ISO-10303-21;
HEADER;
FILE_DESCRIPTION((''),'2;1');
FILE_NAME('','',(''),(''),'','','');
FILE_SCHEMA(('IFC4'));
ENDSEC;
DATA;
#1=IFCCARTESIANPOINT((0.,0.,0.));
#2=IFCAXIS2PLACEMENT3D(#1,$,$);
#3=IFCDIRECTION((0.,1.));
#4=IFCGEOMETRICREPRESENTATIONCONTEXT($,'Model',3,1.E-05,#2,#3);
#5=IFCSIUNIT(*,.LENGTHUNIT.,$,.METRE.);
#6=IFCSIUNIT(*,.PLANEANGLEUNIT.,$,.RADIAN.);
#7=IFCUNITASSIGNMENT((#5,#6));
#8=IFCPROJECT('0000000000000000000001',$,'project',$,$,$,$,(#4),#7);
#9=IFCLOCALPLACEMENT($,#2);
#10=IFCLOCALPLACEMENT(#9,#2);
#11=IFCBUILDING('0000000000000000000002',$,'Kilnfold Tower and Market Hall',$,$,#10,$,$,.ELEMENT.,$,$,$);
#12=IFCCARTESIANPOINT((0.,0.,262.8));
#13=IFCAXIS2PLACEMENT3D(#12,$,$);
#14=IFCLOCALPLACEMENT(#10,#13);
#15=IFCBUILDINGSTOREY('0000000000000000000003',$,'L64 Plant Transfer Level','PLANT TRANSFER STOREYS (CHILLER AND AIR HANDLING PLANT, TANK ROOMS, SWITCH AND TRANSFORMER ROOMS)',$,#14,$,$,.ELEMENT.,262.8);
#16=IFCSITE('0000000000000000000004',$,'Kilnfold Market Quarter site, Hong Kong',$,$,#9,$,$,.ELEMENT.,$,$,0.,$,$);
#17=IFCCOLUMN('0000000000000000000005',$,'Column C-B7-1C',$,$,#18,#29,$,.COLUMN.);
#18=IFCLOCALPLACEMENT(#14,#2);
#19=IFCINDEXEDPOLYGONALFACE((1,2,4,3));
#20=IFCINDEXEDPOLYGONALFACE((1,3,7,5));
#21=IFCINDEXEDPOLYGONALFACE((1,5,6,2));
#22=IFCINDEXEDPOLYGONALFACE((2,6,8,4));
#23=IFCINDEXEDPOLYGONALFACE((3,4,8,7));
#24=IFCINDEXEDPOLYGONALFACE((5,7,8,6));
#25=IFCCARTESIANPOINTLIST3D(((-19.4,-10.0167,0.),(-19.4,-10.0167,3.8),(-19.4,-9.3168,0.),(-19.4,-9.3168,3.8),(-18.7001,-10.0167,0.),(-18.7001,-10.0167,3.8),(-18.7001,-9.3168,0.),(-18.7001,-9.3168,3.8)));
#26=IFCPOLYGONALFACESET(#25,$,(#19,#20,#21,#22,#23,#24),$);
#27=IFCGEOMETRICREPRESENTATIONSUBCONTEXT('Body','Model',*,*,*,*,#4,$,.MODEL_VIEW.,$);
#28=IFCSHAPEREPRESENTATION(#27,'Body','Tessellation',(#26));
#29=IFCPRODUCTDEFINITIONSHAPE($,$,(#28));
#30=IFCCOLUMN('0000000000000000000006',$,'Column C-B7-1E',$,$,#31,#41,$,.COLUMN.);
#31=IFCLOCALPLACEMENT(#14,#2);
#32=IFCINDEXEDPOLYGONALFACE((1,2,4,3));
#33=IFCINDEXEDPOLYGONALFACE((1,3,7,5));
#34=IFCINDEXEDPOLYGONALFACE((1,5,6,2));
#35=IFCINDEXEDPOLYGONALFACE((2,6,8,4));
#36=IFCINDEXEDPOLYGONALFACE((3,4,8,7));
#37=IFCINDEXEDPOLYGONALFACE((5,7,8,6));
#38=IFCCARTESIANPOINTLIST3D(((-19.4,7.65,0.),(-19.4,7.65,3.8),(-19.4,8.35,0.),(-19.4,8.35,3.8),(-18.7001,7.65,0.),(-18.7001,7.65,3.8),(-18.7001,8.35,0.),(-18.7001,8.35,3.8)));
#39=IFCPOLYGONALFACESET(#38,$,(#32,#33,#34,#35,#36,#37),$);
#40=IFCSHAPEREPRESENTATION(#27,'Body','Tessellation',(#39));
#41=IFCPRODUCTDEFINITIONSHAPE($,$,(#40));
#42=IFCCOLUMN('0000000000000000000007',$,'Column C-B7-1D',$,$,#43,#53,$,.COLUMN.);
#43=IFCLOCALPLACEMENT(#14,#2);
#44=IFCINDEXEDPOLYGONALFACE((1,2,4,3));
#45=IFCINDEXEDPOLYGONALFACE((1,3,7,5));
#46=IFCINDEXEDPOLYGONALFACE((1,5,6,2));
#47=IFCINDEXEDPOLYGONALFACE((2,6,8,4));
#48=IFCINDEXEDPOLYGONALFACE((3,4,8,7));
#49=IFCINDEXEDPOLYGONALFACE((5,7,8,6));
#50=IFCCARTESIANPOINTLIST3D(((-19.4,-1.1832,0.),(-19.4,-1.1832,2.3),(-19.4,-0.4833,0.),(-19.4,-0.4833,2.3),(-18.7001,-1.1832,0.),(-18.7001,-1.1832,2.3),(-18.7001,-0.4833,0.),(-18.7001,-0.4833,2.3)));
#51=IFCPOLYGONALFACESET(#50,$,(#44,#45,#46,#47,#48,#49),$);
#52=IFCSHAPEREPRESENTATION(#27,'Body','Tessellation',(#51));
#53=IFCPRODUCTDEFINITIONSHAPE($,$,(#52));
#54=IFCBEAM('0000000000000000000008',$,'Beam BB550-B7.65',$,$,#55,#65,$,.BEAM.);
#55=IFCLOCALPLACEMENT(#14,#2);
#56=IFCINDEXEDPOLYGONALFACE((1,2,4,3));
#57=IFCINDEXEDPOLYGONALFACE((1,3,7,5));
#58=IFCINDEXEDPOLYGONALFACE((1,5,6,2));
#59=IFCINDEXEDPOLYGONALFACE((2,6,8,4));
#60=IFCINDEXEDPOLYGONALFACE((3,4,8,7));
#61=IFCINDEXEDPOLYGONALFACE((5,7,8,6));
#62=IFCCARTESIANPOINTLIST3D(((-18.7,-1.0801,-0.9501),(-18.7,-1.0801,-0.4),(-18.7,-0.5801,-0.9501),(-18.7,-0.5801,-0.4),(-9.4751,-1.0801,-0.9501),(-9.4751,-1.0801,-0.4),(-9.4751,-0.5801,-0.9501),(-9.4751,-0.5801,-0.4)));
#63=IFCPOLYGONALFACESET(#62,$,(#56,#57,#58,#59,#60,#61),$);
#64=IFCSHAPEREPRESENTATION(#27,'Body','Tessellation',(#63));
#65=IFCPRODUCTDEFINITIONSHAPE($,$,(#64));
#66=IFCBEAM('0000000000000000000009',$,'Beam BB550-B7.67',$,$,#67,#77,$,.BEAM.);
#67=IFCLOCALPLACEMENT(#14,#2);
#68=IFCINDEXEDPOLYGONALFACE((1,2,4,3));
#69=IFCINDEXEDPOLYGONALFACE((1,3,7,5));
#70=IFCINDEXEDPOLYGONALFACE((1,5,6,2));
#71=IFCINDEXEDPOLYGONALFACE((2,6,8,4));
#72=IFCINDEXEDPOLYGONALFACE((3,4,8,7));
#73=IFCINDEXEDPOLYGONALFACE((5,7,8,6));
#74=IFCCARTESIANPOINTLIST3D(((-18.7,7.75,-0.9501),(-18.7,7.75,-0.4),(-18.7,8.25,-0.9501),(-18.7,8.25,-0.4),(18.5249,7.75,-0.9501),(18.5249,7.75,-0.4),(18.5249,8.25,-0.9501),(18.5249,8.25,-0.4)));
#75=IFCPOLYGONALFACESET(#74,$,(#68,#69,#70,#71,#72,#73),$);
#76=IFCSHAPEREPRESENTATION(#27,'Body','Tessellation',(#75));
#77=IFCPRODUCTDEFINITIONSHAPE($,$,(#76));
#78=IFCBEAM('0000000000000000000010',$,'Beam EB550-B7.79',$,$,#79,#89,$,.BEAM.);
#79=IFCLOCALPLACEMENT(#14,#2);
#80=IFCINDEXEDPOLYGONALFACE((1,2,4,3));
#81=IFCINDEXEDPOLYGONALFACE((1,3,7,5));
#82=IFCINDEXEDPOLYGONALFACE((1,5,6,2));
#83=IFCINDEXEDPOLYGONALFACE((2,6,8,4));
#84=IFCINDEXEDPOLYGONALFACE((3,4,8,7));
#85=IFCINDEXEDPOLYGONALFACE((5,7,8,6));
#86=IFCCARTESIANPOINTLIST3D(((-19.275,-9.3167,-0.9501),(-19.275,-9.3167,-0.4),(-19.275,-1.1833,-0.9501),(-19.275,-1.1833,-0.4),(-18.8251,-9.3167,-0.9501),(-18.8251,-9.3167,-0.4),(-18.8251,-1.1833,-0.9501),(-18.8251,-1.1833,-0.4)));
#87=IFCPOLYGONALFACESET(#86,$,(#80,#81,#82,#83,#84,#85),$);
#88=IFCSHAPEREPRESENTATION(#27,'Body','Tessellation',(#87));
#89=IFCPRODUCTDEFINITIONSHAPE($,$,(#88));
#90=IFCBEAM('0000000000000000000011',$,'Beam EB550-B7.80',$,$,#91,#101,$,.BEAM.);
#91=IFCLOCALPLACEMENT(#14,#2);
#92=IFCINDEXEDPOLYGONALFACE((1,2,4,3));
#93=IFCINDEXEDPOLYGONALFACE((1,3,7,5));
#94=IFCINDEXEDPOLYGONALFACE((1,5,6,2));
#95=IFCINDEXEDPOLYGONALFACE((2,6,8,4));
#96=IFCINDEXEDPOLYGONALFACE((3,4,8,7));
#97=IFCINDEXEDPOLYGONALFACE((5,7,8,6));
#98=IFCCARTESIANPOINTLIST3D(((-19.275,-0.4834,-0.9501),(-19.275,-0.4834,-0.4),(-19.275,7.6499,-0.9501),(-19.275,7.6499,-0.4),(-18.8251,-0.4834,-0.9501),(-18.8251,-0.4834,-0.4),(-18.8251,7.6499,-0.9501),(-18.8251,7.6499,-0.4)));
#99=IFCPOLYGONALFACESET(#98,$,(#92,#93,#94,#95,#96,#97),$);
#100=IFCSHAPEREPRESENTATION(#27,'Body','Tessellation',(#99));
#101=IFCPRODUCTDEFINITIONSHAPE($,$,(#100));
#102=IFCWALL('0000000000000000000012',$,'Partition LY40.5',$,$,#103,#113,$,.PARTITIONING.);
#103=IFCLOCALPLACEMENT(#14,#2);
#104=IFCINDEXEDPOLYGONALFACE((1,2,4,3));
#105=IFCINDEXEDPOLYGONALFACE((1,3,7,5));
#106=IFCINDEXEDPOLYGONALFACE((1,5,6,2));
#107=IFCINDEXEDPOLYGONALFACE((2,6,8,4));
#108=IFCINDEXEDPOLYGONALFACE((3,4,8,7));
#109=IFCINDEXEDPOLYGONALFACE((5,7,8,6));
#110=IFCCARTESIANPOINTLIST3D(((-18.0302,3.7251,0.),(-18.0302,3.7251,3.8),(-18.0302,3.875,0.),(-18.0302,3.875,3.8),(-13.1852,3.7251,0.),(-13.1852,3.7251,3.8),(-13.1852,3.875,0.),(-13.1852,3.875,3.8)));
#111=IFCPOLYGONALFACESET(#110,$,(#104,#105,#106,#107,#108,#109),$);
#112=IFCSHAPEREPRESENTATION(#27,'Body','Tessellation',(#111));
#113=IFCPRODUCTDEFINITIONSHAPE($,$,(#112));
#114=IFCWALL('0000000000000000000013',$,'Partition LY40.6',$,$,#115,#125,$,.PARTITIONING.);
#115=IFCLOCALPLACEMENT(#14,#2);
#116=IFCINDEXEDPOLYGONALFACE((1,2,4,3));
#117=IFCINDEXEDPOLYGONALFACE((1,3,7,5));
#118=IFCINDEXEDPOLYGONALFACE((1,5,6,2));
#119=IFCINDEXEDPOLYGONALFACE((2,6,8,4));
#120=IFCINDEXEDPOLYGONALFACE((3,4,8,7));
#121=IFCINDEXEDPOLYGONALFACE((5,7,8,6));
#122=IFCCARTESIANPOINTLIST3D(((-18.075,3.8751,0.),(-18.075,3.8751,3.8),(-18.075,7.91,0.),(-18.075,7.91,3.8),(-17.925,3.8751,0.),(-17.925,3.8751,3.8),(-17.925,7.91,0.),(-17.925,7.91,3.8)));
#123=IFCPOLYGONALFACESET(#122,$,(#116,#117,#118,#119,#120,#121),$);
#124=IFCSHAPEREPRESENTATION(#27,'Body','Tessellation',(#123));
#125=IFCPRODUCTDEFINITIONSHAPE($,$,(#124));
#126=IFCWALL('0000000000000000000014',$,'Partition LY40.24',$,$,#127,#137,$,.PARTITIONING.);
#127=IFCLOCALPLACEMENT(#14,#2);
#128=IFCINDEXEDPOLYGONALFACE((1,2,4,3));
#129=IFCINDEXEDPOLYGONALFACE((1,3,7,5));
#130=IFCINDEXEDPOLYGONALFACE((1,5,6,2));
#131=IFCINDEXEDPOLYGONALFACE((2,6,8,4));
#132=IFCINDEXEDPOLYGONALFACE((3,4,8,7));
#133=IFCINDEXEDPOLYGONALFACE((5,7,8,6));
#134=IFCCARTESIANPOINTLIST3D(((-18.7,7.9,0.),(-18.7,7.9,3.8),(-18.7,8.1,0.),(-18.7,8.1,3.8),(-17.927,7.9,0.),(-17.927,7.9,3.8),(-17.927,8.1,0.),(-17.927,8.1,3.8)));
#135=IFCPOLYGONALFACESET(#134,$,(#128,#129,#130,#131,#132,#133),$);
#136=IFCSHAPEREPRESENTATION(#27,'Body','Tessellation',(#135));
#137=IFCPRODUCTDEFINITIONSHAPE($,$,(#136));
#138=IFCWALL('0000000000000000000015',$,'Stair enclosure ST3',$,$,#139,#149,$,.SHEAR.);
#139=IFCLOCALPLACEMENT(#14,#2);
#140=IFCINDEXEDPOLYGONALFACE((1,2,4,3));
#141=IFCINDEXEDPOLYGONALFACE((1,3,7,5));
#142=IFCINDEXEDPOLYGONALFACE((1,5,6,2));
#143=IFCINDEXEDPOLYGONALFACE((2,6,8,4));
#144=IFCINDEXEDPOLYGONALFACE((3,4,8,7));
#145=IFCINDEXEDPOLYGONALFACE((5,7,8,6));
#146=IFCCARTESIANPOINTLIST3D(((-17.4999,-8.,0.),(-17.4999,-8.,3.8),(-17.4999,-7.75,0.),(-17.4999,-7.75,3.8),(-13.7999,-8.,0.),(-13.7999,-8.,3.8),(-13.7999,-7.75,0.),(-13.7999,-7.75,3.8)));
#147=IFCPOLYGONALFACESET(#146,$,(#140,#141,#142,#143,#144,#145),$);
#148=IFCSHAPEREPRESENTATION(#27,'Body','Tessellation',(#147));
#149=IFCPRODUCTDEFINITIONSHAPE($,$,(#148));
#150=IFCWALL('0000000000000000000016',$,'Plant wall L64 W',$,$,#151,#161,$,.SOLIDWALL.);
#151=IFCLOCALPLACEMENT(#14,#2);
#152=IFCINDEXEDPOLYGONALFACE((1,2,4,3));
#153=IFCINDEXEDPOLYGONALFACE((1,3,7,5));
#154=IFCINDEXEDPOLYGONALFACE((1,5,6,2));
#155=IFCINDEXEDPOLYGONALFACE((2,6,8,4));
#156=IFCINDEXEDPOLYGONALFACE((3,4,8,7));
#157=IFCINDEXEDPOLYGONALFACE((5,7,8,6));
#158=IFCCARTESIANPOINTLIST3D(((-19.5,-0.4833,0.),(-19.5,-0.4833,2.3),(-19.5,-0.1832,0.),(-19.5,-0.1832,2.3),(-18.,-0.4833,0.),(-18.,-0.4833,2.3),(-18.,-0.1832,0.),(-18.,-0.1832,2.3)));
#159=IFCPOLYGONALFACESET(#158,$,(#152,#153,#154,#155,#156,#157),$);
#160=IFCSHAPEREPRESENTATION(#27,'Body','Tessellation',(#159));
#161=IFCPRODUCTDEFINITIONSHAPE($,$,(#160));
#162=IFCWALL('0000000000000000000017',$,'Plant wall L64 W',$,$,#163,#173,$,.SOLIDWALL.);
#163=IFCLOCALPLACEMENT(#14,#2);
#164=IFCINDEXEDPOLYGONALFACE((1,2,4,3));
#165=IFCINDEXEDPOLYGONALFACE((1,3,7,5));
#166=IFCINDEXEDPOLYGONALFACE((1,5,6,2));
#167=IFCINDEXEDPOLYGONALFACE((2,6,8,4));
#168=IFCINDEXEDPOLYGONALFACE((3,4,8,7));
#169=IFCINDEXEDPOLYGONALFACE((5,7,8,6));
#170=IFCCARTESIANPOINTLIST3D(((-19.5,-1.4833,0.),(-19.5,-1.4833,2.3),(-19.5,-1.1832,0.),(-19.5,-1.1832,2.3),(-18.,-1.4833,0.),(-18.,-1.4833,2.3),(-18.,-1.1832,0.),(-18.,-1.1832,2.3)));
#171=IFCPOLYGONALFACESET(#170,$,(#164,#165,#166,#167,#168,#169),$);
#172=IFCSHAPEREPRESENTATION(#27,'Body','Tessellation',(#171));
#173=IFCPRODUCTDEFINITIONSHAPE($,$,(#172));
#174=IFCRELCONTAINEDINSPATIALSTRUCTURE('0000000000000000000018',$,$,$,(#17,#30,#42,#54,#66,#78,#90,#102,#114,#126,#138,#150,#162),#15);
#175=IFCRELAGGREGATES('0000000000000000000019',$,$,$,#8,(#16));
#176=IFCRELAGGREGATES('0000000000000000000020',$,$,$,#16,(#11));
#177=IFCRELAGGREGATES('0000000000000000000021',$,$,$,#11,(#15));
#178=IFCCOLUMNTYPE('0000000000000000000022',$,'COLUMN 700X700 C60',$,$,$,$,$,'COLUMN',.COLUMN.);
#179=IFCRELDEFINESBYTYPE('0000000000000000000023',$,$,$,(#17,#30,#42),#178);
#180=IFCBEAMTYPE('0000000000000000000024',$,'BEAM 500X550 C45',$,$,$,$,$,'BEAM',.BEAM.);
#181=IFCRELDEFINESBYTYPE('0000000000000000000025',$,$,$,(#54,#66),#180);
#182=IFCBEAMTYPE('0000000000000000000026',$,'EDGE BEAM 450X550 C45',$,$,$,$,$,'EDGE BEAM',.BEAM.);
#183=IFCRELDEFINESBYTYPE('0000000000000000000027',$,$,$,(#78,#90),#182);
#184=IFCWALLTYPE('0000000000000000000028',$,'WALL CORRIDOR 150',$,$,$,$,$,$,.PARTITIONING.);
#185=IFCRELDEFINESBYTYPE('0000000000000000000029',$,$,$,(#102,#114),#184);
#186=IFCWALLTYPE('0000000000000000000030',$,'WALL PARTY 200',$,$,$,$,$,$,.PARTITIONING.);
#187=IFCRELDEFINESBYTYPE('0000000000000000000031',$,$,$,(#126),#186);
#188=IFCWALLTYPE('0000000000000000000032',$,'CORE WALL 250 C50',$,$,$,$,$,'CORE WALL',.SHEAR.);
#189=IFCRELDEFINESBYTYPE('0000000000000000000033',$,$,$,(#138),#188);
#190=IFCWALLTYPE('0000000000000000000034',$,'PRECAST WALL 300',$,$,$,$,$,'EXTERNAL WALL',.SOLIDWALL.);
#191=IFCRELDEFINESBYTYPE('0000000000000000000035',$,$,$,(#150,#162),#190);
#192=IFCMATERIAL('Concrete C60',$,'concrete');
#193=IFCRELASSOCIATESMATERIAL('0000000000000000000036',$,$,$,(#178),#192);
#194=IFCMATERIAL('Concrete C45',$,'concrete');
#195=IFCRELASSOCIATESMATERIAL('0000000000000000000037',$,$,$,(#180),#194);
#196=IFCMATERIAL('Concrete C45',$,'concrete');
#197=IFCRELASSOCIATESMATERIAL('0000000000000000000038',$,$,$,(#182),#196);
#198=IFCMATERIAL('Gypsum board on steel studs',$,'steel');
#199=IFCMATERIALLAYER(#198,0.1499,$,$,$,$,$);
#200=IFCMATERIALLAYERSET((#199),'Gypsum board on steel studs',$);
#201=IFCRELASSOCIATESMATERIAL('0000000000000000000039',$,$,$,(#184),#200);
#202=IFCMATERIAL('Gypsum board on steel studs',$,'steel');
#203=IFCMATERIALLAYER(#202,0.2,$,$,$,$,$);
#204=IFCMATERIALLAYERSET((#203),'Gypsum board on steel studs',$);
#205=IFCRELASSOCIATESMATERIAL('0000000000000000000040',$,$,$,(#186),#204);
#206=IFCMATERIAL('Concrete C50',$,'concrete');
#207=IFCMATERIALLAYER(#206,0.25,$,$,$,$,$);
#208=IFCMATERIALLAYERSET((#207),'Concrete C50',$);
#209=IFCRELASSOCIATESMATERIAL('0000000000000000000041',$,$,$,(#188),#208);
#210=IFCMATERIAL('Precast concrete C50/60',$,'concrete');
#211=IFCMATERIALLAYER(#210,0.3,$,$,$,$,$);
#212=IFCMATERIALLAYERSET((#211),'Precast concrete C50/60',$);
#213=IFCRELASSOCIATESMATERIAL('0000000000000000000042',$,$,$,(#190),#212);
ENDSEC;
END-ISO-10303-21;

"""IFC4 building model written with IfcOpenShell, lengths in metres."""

from ifc_helpers import new_model, si_unit, direction, frame, frame_2d, origin, origin_2d, place, context, subcontext, project, spatial, rectangle, extrude, source, transform, mapped, material, layer, layer_set, material_profile, profile_set, type_object, element, save


model = new_model("IFC4")

# Units and contexts
model_context = context("Model", 3, precision=1e-05, world=origin(), true_north=direction((0.0, 1.0)))
body_context = subcontext(model_context, "Body", "Model", "MODEL_VIEW")
ifc_project = project(units=[si_unit("LENGTHUNIT", "METRE"), si_unit("PLANEANGLEUNIT", "RADIAN")], contexts=[model_context])

# Site, building, storey
site_placement = place(None, origin())
site = spatial("IfcSite", under=ifc_project, at=site_placement, Name="Kilnfold Market Quarter site, Hong Kong", CompositionType="ELEMENT", RefElevation=0.0)
building_placement = place(site_placement, origin())
building = spatial("IfcBuilding", under=site, at=building_placement, Name="Kilnfold Tower and Market Hall", CompositionType="ELEMENT")
storey_placement = place(building_placement, frame((0.0, 0.0, 262.8)))
storey = spatial("IfcBuildingStorey", under=building, at=storey_placement, Name="L64 Plant Transfer Level", Description="PLANT TRANSFER STOREYS (CHILLER AND AIR HANDLING PLANT, TANK ROOMS, SWITCH AND TRANSFORMER ROOMS)", CompositionType="ELEMENT", Elevation=262.8)

# Columns
ifc_material_1 = material(Name="Concrete C60", Category="concrete")
ifc_material_profile_1 = material_profile(ifc_material_1, rectangle(XDim=0.7, YDim=0.7, at=origin_2d()), Name="RC 700x700")
ifc_profile_set_1 = profile_set([ifc_material_profile_1], Name="Concrete C60")
column_type = type_object("IfcColumnType", Name="COLUMN 700X700 C60", ElementType="COLUMN", PredefinedType="COLUMN", material=ifc_profile_set_1)
shared_shape_1 = source(origin(), body_context, "Body", "SweptSolid", [
    extrude(rectangle(XDim=0.7, YDim=0.7, at=origin_2d()), origin(), (0.0, 0.0, 1.0), 3.8),
])
for number, where, z_axis, x_axis, name in (
    (1, (-19.05, -9.6667, 0.0), (0.0, 0.0, 1.0), (1.0, 0.0, 0.0), "Column C-B7-1C"),
    (2, (-19.05, 8.0, 0.0), (0.0, 0.0, 1.0), (1.0, 0.0, 0.0), "Column C-B7-1E"),
):
    element("IfcColumn", number, at=place(storey_placement, frame(where, z_axis=z_axis, x_axis=x_axis)), inside=storey, type_object=column_type, Name=name, PredefinedType="COLUMN", context=body_context, shape_type="MappedRepresentation", body=[
        mapped(shared_shape_1, transform((0.0, 0.0, 0.0))),
    ])
shared_shape_2 = source(origin(), body_context, "Body", "SweptSolid", [
    extrude(rectangle(XDim=0.7, YDim=0.7, at=origin_2d()), origin(), (0.0, 0.0, 1.0), 2.3),
])
column_placement = place(storey_placement, frame((-19.05, -0.8333, 0.0), z_axis=(0.0, 0.0, 1.0), x_axis=(1.0, 0.0, 0.0)))
element("IfcColumn", 3, at=column_placement, inside=storey, type_object=column_type, Name="Column C-B7-1D", PredefinedType="COLUMN", context=body_context, shape_type="MappedRepresentation", body=[
    mapped(shared_shape_2, transform((0.0, 0.0, 0.0))),
])

# Beams
ifc_material_2 = material(Name="Concrete C45", Category="concrete")
ifc_material_profile_2 = material_profile(ifc_material_2, rectangle(XDim=0.5, YDim=0.55, at=origin_2d()), Name="RC 500x550")
ifc_profile_set_2 = profile_set([ifc_material_profile_2], Name="Concrete C45")
beam_type_1 = type_object("IfcBeamType", Name="BEAM 500X550 C45", ElementType="BEAM", PredefinedType="BEAM", material=ifc_profile_set_2)
shared_shape_3 = source(origin(), body_context, "Body", "SweptSolid", [
    extrude(rectangle(XDim=0.5, YDim=0.55, at=origin_2d()), origin(), (0.0, 0.0, 1.0), 9.2249),
])
beam_1_placement = place(storey_placement, frame((-18.7, -0.8301, -0.675), z_axis=(1.0, 0.0, 0.0), x_axis=(0.0, 1.0, 0.0)))
element("IfcBeam", 4, at=beam_1_placement, inside=storey, type_object=beam_type_1, Name="Beam BB550-B7.65", PredefinedType="BEAM", context=body_context, shape_type="MappedRepresentation", body=[
    mapped(shared_shape_3, transform((0.0, 0.0, 0.0))),
])
shared_shape_4 = source(origin(), body_context, "Body", "SweptSolid", [
    extrude(rectangle(XDim=0.5, YDim=0.55, at=origin_2d()), origin(), (0.0, 0.0, 1.0), 37.2249),
])
beam_2_placement = place(storey_placement, frame((-18.7, 8.0, -0.675), z_axis=(1.0, 0.0, 0.0), x_axis=(0.0, 1.0, 0.0)))
element("IfcBeam", 5, at=beam_2_placement, inside=storey, type_object=beam_type_1, Name="Beam BB550-B7.67", PredefinedType="BEAM", context=body_context, shape_type="MappedRepresentation", body=[
    mapped(shared_shape_4, transform((0.0, 0.0, 0.0))),
])
ifc_material_3 = material(Name="Concrete C45", Category="concrete")
ifc_material_profile_3 = material_profile(ifc_material_3, rectangle(XDim=0.45, YDim=0.55, at=origin_2d()), Name="RC 450x550")
ifc_profile_set_3 = profile_set([ifc_material_profile_3], Name="Concrete C45")
beam_type_2 = type_object("IfcBeamType", Name="EDGE BEAM 450X550 C45", ElementType="EDGE BEAM", PredefinedType="BEAM", material=ifc_profile_set_3)
shared_shape_5 = source(origin(), body_context, "Body", "SweptSolid", [
    extrude(rectangle(XDim=0.45, YDim=0.55, at=origin_2d()), origin(), (0.0, 0.0, 1.0), 8.1333),
])
for number, where, z_axis, x_axis, name in (
    (6, (-19.05, -9.3167, -0.675), (0.0, 1.0, 0.0), (-1.0, 0.0, 0.0), "Beam EB550-B7.79"),
    (7, (-19.05, -0.4834, -0.675), (0.0, 1.0, 0.0), (-1.0, 0.0, 0.0), "Beam EB550-B7.80"),
):
    element("IfcBeam", number, at=place(storey_placement, frame(where, z_axis=z_axis, x_axis=x_axis)), inside=storey, type_object=beam_type_2, Name=name, PredefinedType="BEAM", context=body_context, shape_type="MappedRepresentation", body=[
        mapped(shared_shape_5, transform((0.0, 0.0, 0.0))),
    ])

# Walls
ifc_material_4 = material(Name="Gypsum board on steel studs", Category="steel")
ifc_layer_1 = layer(ifc_material_4, 0.1499)
ifc_layer_set_1 = layer_set([ifc_layer_1], Name="Gypsum board on steel studs")
wall_type_1 = type_object("IfcWallType", Name="WALL CORRIDOR 150", PredefinedType="PARTITIONING", material=ifc_layer_set_1)
wall_1_placement = place(storey_placement, frame((-18.03, 3.8, 0.0), z_axis=(0.0, 0.0, 1.0), x_axis=(1.0, 0.0, 0.0)))
element("IfcWall", 8, at=wall_1_placement, inside=storey, type_object=wall_type_1, Name="Partition LY40.5", PredefinedType="PARTITIONING", context=body_context, shape_type="SweptSolid", body=[
    extrude(rectangle(XDim=4.845, YDim=0.1499, at=frame_2d((2.4224, 0.0))), origin(), (0.0, 0.0, 1.0), 3.8),
])
wall_2_placement = place(storey_placement, frame((-18.0, 3.875, 0.0), z_axis=(0.0, 0.0, 1.0), x_axis=(0.0, 1.0, 0.0)))
element("IfcWall", 9, at=wall_2_placement, inside=storey, type_object=wall_type_1, Name="Partition LY40.6", PredefinedType="PARTITIONING", context=body_context, shape_type="SweptSolid", body=[
    extrude(rectangle(XDim=4.0349, YDim=0.1499, at=frame_2d((2.0176, 0.0))), origin(), (0.0, 0.0, 1.0), 3.8),
])
ifc_material_5 = material(Name="Gypsum board on steel studs", Category="steel")
ifc_layer_2 = layer(ifc_material_5, 0.2)
ifc_layer_set_2 = layer_set([ifc_layer_2], Name="Gypsum board on steel studs")
wall_type_2 = type_object("IfcWallType", Name="WALL PARTY 200", PredefinedType="PARTITIONING", material=ifc_layer_set_2)
wall_3_placement = place(storey_placement, frame((-17.927, 8.0, 0.0), z_axis=(0.0, 0.0, 1.0), x_axis=(-1.0, 0.0, 0.0)))
element("IfcWall", 10, at=wall_3_placement, inside=storey, type_object=wall_type_2, Name="Partition LY40.24", PredefinedType="PARTITIONING", context=body_context, shape_type="SweptSolid", body=[
    extrude(rectangle(XDim=0.7729, YDim=0.2, at=frame_2d((0.3865, 0.0))), origin(), (0.0, 0.0, 1.0), 3.8),
])
ifc_material_6 = material(Name="Concrete C50", Category="concrete")
ifc_layer_3 = layer(ifc_material_6, 0.25)
ifc_layer_set_3 = layer_set([ifc_layer_3], Name="Concrete C50")
wall_type_3 = type_object("IfcWallType", Name="CORE WALL 250 C50", ElementType="CORE WALL", PredefinedType="SHEAR", material=ifc_layer_set_3)
shared_shape_6 = source(origin(), body_context, "Body", "SweptSolid", [
    extrude(rectangle(XDim=3.7, YDim=0.25, at=frame_2d((1.8501, 0.0))), origin(), (0.0, 0.0, 1.0), 3.8),
])
wall_4_placement = place(storey_placement, frame((-17.5, -7.875, 0.0), z_axis=(0.0, 0.0, 1.0), x_axis=(1.0, 0.0, 0.0)))
element("IfcWall", 11, at=wall_4_placement, inside=storey, type_object=wall_type_3, Name="Stair enclosure ST3", PredefinedType="SHEAR", context=body_context, shape_type="MappedRepresentation", body=[
    mapped(shared_shape_6, transform((0.0, 0.0, 0.0))),
])
ifc_material_7 = material(Name="Precast concrete C50/60", Category="concrete")
ifc_layer_4 = layer(ifc_material_7, 0.3)
ifc_layer_set_4 = layer_set([ifc_layer_4], Name="Precast concrete C50/60")
wall_type_4 = type_object("IfcWallType", Name="PRECAST WALL 300", ElementType="EXTERNAL WALL", PredefinedType="SOLIDWALL", material=ifc_layer_set_4)
shared_shape_7 = source(origin(), body_context, "Body", "SweptSolid", [
    extrude(rectangle(XDim=1.5, YDim=0.3, at=frame_2d((0.75, 0.0))), origin(), (0.0, 0.0, 1.0), 2.3),
])
for number, where, z_axis, x_axis, name in (
    (12, (-19.5, -0.3333, 0.0), (0.0, 0.0, 1.0), (1.0, 0.0, 0.0), "Plant wall L64 W"),
    (13, (-19.5, -1.3333, 0.0), (0.0, 0.0, 1.0), (1.0, 0.0, 0.0), "Plant wall L64 W"),
):
    element("IfcWall", number, at=place(storey_placement, frame(where, z_axis=z_axis, x_axis=x_axis)), inside=storey, type_object=wall_type_4, Name=name, PredefinedType="SOLIDWALL", context=body_context, shape_type="MappedRepresentation", body=[
        mapped(shared_shape_7, transform((0.0, 0.0, 0.0))),
    ])

save(model, "model.ifc")
